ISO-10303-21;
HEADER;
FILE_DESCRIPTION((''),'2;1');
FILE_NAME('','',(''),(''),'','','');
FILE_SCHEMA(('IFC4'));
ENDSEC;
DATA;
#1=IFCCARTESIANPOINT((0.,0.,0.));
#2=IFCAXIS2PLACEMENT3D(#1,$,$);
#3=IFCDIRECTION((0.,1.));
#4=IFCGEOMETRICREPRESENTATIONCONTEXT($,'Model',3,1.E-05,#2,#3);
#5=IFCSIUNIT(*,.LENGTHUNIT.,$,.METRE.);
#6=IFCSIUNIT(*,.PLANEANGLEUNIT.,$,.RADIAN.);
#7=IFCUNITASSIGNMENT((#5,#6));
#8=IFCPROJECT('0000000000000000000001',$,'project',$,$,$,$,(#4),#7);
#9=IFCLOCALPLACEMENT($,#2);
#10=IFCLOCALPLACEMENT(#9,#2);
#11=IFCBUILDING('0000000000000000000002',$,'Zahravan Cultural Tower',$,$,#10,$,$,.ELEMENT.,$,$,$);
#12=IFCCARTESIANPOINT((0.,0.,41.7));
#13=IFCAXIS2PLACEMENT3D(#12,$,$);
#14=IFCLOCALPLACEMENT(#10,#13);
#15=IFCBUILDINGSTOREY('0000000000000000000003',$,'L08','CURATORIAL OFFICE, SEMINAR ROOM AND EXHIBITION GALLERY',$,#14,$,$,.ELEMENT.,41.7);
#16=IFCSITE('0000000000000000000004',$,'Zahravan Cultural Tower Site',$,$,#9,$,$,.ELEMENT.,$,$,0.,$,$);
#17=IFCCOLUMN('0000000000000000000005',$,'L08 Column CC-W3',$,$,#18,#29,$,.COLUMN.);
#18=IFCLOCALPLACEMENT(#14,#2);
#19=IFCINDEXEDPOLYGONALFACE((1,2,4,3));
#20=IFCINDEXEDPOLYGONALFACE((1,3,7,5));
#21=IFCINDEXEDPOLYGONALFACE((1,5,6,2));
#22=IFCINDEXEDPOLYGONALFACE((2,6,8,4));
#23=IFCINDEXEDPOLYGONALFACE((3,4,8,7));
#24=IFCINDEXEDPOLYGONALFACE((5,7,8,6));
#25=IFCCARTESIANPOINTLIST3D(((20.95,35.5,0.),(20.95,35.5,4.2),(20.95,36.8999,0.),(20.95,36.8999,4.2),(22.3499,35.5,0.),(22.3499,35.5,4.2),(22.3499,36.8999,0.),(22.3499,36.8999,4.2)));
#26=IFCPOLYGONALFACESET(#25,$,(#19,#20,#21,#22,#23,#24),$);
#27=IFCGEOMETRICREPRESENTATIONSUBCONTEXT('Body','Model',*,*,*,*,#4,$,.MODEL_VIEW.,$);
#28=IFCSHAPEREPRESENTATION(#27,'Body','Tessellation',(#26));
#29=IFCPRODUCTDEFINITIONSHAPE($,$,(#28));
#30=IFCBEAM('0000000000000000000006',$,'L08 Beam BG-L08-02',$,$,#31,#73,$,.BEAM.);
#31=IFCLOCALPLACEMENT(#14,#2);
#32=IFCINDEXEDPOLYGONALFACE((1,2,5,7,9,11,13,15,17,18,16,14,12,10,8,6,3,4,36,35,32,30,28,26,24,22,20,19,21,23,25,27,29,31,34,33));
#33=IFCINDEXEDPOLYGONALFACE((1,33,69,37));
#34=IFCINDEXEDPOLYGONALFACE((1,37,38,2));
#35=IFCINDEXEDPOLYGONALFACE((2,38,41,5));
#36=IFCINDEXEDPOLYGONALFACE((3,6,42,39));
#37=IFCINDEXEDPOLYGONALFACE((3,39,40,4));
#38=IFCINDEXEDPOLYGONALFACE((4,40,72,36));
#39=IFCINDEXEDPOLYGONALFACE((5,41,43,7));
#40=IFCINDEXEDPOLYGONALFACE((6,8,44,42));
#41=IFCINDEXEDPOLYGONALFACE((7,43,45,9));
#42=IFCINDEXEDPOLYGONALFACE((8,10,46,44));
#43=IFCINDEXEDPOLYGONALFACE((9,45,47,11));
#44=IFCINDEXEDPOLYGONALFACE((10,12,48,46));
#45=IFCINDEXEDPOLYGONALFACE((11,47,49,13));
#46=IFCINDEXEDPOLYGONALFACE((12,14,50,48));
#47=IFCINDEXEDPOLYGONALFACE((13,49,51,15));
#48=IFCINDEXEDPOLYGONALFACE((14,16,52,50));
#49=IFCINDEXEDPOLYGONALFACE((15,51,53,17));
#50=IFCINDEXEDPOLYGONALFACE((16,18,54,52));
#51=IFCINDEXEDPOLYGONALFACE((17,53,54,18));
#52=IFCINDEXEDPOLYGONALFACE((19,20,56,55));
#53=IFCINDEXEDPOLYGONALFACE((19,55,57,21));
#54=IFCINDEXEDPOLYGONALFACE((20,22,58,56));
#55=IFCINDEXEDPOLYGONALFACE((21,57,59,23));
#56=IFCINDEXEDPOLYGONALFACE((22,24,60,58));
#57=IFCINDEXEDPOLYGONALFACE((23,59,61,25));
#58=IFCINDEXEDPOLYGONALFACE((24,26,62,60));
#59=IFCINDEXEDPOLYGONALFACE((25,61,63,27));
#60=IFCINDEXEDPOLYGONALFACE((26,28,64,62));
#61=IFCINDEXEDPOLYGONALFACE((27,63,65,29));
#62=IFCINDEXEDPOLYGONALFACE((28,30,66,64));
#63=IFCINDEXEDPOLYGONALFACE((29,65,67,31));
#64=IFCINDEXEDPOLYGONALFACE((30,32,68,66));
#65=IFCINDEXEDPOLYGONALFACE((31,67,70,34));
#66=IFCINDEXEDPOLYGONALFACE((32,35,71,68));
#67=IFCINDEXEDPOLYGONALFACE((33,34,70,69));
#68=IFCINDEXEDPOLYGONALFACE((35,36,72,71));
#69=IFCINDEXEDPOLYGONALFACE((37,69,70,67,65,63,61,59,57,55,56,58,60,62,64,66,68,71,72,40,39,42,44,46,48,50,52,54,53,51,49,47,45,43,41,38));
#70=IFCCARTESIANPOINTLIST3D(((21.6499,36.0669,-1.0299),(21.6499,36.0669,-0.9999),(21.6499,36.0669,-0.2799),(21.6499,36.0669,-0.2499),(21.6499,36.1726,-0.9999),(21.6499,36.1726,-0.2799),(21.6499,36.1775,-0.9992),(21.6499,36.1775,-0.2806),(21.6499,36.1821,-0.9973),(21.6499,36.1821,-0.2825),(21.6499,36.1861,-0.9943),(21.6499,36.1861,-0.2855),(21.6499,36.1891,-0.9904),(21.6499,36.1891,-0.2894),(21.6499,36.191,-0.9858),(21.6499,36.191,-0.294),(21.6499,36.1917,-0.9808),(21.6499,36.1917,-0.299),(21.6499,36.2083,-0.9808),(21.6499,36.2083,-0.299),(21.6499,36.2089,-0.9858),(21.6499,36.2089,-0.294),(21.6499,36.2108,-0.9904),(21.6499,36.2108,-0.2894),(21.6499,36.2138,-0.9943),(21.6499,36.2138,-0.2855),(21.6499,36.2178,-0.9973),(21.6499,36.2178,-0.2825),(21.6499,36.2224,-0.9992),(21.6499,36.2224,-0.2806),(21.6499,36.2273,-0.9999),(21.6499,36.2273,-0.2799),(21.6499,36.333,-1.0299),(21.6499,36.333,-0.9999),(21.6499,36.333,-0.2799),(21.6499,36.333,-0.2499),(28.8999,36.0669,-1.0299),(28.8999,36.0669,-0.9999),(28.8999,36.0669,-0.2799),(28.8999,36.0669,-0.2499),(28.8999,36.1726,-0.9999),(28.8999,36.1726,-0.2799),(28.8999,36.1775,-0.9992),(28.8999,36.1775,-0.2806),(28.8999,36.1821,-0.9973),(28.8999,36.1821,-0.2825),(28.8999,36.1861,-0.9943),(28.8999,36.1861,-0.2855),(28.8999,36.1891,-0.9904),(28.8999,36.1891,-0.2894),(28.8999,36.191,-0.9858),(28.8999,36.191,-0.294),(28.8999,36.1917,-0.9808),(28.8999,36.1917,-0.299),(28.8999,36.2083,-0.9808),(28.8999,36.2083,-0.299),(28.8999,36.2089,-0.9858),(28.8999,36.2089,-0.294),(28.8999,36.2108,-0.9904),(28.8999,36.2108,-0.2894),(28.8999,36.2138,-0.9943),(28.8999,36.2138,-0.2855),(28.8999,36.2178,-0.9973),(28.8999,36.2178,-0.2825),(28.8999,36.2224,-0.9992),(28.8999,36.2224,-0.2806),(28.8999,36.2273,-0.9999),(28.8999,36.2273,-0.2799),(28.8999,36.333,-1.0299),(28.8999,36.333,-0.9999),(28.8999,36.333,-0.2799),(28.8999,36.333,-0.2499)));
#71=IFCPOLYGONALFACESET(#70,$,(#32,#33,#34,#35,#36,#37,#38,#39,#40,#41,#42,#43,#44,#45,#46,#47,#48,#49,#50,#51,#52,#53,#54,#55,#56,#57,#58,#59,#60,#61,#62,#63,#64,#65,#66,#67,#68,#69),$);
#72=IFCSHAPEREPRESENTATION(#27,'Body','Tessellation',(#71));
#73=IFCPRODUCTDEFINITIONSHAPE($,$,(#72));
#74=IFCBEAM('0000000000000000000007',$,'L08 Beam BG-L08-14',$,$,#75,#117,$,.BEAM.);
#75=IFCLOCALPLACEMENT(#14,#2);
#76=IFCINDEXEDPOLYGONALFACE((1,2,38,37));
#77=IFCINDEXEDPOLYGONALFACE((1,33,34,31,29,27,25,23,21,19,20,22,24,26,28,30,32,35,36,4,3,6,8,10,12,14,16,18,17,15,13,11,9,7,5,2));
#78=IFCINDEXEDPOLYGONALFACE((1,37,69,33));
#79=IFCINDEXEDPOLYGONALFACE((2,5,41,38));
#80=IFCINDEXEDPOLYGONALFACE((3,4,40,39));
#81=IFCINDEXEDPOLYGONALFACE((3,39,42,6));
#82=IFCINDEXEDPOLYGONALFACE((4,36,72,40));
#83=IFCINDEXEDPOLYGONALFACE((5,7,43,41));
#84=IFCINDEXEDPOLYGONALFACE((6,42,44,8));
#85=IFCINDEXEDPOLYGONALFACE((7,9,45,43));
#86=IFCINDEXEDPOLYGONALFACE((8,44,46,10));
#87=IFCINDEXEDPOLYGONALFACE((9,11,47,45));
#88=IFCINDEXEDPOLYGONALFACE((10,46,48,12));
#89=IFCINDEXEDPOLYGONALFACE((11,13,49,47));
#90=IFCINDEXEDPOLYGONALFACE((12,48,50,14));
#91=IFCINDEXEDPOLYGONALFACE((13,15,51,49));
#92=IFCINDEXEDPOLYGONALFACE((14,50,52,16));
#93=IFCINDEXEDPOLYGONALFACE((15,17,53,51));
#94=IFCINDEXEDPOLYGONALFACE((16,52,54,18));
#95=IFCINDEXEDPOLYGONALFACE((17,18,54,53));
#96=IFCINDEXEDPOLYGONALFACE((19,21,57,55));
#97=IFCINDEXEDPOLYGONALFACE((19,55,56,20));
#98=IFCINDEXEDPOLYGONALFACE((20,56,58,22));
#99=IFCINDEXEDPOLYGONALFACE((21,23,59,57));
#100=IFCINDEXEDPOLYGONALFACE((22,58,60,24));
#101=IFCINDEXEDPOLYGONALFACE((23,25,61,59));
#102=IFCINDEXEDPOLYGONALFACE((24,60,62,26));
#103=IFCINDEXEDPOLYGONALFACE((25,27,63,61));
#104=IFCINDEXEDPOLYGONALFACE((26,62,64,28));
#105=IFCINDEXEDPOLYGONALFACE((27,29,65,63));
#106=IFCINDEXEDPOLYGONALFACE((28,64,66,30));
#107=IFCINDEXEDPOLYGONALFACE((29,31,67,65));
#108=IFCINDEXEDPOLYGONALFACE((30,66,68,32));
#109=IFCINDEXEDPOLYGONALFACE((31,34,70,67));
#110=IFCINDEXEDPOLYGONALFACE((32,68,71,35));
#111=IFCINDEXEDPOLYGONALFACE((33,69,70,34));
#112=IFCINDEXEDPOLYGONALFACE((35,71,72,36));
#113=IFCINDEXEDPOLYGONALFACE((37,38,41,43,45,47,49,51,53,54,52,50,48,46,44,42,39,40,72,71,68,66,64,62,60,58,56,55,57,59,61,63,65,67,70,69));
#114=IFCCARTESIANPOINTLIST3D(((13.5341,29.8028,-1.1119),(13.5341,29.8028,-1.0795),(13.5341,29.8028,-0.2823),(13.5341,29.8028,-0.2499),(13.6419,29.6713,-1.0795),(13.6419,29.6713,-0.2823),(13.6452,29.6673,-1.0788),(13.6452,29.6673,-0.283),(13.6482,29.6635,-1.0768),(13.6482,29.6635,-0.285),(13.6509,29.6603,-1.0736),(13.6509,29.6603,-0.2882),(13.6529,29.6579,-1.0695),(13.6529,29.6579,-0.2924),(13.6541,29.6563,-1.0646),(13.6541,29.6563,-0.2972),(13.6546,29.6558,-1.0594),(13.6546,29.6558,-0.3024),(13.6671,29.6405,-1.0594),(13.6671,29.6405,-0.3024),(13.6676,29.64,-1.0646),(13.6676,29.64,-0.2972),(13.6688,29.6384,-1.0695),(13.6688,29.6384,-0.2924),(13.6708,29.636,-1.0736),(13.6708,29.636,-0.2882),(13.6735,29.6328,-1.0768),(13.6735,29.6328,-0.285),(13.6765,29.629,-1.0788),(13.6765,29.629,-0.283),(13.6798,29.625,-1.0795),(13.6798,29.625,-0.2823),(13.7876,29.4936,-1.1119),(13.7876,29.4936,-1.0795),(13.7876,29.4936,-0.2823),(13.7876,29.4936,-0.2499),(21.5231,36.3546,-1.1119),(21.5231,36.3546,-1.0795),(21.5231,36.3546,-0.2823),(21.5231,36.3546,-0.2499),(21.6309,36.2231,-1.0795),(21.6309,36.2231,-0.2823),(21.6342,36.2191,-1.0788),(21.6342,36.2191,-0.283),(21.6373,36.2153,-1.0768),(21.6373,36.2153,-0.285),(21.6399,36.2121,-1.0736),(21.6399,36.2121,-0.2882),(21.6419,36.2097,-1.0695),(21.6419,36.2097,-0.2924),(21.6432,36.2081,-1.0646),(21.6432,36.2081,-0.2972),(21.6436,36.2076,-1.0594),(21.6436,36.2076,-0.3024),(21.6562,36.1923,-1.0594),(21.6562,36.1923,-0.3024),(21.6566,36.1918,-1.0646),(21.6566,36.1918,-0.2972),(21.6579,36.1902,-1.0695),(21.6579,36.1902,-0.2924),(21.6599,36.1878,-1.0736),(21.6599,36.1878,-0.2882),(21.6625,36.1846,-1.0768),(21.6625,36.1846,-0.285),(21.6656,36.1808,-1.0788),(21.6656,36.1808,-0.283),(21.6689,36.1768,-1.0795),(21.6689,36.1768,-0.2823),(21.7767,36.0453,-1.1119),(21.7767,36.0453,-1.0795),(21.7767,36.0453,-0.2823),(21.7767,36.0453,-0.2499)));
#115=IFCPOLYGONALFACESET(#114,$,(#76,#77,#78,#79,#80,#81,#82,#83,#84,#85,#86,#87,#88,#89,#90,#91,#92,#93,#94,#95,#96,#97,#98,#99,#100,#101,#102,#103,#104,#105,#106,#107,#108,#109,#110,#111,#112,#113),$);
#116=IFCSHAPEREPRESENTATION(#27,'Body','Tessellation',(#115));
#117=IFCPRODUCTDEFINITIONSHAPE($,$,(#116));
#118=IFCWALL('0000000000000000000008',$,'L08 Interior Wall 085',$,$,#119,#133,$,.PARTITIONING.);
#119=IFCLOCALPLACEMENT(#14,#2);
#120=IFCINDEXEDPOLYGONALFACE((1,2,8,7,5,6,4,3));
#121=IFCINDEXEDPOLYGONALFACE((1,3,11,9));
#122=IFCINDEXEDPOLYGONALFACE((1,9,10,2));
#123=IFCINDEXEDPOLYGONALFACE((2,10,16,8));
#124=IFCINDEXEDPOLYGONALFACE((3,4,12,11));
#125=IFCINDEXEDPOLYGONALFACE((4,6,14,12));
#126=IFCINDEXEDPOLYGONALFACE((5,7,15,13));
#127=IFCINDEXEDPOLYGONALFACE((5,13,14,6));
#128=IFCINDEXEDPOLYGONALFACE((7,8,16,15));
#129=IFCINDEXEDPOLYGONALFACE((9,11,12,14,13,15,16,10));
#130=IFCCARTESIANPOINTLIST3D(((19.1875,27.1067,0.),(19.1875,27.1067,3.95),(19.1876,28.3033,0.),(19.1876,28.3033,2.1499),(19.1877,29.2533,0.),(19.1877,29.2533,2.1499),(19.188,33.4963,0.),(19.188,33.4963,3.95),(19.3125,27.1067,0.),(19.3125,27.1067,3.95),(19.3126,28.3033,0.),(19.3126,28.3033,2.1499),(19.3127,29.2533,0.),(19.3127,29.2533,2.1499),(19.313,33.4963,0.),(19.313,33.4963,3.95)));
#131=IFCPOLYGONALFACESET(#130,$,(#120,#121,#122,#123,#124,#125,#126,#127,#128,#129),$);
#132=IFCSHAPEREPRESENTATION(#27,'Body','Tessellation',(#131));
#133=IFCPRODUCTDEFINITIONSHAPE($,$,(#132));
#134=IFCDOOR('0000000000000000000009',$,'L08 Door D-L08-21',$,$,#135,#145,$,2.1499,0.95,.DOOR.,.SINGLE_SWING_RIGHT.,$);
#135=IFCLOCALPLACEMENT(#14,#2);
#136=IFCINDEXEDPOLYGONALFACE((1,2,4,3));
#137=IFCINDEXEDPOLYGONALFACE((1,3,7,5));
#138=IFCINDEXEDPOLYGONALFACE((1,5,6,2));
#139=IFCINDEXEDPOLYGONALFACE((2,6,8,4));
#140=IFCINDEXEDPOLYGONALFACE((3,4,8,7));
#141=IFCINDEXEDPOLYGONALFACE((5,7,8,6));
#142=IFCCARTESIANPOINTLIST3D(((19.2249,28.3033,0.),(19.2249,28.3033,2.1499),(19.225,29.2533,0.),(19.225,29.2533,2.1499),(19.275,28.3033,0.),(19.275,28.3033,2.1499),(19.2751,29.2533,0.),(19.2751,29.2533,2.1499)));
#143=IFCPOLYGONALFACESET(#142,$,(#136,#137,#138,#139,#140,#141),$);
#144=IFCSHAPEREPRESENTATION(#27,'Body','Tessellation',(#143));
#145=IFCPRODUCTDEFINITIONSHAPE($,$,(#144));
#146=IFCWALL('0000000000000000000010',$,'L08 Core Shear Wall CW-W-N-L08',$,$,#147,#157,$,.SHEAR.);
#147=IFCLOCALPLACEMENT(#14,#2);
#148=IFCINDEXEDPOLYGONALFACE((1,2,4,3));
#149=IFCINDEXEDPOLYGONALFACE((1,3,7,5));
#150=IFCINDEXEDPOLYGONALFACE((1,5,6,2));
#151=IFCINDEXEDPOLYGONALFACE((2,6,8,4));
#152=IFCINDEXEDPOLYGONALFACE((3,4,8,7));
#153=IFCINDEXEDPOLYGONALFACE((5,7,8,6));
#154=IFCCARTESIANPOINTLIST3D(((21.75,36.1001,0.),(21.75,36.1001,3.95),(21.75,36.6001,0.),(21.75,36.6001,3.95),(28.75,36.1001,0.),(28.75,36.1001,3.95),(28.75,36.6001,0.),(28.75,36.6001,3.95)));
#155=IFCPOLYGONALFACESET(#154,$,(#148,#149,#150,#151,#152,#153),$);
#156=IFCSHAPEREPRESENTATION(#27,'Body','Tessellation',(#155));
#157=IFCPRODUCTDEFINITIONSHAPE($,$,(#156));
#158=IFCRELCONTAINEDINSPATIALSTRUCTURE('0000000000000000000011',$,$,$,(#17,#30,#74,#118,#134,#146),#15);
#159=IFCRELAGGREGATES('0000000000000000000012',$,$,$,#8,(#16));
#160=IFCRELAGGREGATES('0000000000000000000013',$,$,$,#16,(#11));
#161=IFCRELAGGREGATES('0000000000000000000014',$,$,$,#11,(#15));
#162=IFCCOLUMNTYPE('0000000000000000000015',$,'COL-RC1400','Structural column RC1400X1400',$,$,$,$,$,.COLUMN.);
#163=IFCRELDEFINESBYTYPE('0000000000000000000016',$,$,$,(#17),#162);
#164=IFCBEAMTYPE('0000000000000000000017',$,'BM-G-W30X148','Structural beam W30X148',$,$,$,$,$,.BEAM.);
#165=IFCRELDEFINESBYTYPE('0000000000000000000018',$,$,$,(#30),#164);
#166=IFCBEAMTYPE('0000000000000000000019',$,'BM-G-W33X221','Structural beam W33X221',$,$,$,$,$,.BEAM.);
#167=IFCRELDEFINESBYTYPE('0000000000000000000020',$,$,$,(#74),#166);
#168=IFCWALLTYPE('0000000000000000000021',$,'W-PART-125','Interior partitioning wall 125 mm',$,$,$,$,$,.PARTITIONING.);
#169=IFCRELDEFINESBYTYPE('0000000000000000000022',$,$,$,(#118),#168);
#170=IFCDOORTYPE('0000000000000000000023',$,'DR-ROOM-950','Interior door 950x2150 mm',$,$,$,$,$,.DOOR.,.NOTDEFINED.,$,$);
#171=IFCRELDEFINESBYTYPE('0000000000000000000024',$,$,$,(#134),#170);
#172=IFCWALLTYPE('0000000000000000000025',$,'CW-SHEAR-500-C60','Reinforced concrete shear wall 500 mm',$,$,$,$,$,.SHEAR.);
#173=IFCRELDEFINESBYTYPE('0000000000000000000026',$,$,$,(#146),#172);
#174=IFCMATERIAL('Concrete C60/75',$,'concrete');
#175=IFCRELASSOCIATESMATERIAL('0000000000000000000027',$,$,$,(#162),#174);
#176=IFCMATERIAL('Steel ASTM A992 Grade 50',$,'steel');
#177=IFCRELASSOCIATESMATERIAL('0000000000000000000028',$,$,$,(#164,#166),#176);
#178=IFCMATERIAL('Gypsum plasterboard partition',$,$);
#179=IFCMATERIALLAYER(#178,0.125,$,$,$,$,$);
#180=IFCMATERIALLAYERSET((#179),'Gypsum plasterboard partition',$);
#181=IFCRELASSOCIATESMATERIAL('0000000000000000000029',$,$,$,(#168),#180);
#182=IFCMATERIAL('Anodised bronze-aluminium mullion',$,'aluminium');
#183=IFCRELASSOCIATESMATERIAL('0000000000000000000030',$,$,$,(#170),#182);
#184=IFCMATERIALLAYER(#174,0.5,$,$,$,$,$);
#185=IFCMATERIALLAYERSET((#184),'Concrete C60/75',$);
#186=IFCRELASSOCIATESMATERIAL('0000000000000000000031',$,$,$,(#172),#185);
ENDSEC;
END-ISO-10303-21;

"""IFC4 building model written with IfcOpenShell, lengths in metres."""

from ifc_helpers import new_model, si_unit, direction, frame, frame_2d, origin, origin_2d, place, context, subcontext, project, spatial, rectangle, i_section, extrude, source, transform, mapped, material, layer, layer_set, material_profile, profile_set, type_object, element, fill, save


model = new_model("IFC4")

# Units and contexts
model_context = context("Model", 3, precision=1e-05, world=origin(), true_north=direction((0.0, 1.0)))
body_context = subcontext(model_context, "Body", "Model", "MODEL_VIEW")
ifc_project = project(units=[si_unit("LENGTHUNIT", "METRE"), si_unit("PLANEANGLEUNIT", "RADIAN")], contexts=[model_context])

# Site, building, storey
site_placement = place(None, origin())
site = spatial("IfcSite", under=ifc_project, at=site_placement, Name="Zahravan Cultural Tower Site", CompositionType="ELEMENT", RefElevation=0.0)
building_placement = place(site_placement, origin())
building = spatial("IfcBuilding", under=site, at=building_placement, Name="Zahravan Cultural Tower", CompositionType="ELEMENT")
storey_placement = place(building_placement, frame((0.0, 0.0, 41.7)))
storey = spatial("IfcBuildingStorey", under=building, at=storey_placement, Name="L08", Description="CURATORIAL OFFICE, SEMINAR ROOM AND EXHIBITION GALLERY", CompositionType="ELEMENT", Elevation=41.7)

# Column
ifc_material_1 = material(Name="Concrete C60/75", Category="concrete")
ifc_material_profile_1 = material_profile(ifc_material_1, rectangle(XDim=1.3999, YDim=1.3999, at=origin_2d()), Name="RC1400X1400")
ifc_profile_set_1 = profile_set([ifc_material_profile_1], Name="Concrete C60/75")
column_type = type_object("IfcColumnType", Name="COL-RC1400", Description="Structural column RC1400X1400", PredefinedType="COLUMN", material=ifc_profile_set_1)
shared_shape_1 = source(origin(), body_context, "Body", "SweptSolid", [
    extrude(rectangle(XDim=1.3999, YDim=1.3999, at=origin_2d()), origin(), (0.0, 0.0, 1.0), 4.2),
])
column_placement = place(storey_placement, frame((21.6499, 36.2, 0.0), z_axis=(0.0, 0.0, 1.0), x_axis=(1.0, 0.0, 0.0)))
element("IfcColumn", 1, at=column_placement, inside=storey, type_object=column_type, Name="L08 Column CC-W3", PredefinedType="COLUMN", context=body_context, shape_type="MappedRepresentation", body=[
    mapped(shared_shape_1, transform((0.0, 0.0, 0.0), x_axis=(1.0, 0.0, 0.0), y_axis=(0.0, 1.0, 0.0), z_axis=(0.0, 0.0, 1.0), scale=1.0)),
])

# Beams
ifc_material_2 = material(Name="Steel ASTM A992 Grade 50", Category="steel")
ifc_material_profile_2 = material_profile(ifc_material_2, i_section(OverallWidth=0.2661, OverallDepth=0.78, WebThickness=0.0166, FlangeThickness=0.03, FilletRadius=0.019, at=origin_2d()), Name="W30X148")
ifc_profile_set_2 = profile_set([ifc_material_profile_2], Name="Steel ASTM A992 Grade 50")
beam_type_1 = type_object("IfcBeamType", Name="BM-G-W30X148", Description="Structural beam W30X148", PredefinedType="BEAM", material=ifc_profile_set_2)
shared_shape_2 = source(origin(), body_context, "Body", "SweptSolid", [
    extrude(i_section(OverallWidth=0.2661, OverallDepth=0.78, WebThickness=0.0166, FlangeThickness=0.03, FilletRadius=0.019, at=origin_2d()), origin(), (0.0, 0.0, 1.0), 7.25),
])
beam_1_placement = place(storey_placement, frame((21.6499, 36.2, -0.6399), z_axis=(1.0, 0.0, 0.0), x_axis=(0.0, 1.0, 0.0)))
element("IfcBeam", 2, at=beam_1_placement, inside=storey, type_object=beam_type_1, Name="L08 Beam BG-L08-02", PredefinedType="BEAM", context=body_context, shape_type="MappedRepresentation", body=[
    mapped(shared_shape_2, transform((0.0, 0.0, 0.0), x_axis=(1.0, 0.0, 0.0), y_axis=(0.0, 1.0, 0.0), z_axis=(0.0, 0.0, 1.0), scale=1.0)),
])
ifc_material_profile_3 = material_profile(ifc_material_2, i_section(OverallWidth=0.3999, OverallDepth=0.8621, WebThickness=0.0198, FlangeThickness=0.0325, FilletRadius=0.02, at=origin_2d()), Name="W33X221")
ifc_profile_set_3 = profile_set([ifc_material_profile_3], Name="Steel ASTM A992 Grade 50")
beam_type_2 = type_object("IfcBeamType", Name="BM-G-W33X221", Description="Structural beam W33X221", PredefinedType="BEAM", material=ifc_profile_set_3)
shared_shape_3 = source(origin(), body_context, "Body", "SweptSolid", [
    extrude(i_section(OverallWidth=0.3999, OverallDepth=0.8621, WebThickness=0.0198, FlangeThickness=0.0325, FilletRadius=0.02, at=origin_2d()), origin(), (0.0, 0.0, 1.0), 10.332),
])
beam_2_placement = place(storey_placement, frame((21.6499, 36.2, -0.6809), z_axis=(-0.773231, -0.634124, 0.0), x_axis=(0.634124, -0.773231, 0.0)))
element("IfcBeam", 3, at=beam_2_placement, inside=storey, type_object=beam_type_2, Name="L08 Beam BG-L08-14", PredefinedType="BEAM", context=body_context, shape_type="MappedRepresentation", body=[
    mapped(shared_shape_3, transform((0.0, 0.0, 0.0), x_axis=(1.0, 0.0, 0.0), y_axis=(0.0, 1.0, 0.0), z_axis=(0.0, 0.0, 1.0), scale=1.0)),
])

# Wall, opening, door
ifc_material_3 = material(Name="Anodised bronze-aluminium mullion", Category="aluminium")
ifc_material_4 = material(Name="Gypsum plasterboard partition")
ifc_layer_1 = layer(ifc_material_4, 0.125)
ifc_layer_set_1 = layer_set([ifc_layer_1], Name="Gypsum plasterboard partition")
wall_type_1 = type_object("IfcWallType", Name="W-PART-125", Description="Interior partitioning wall 125 mm", PredefinedType="PARTITIONING", material=ifc_layer_set_1)
wall_1_placement = place(storey_placement, frame((19.2505, 33.4963, 0.0), z_axis=(0.0, 0.0, 1.0), x_axis=(-0.000076, -1.0, 0.0)))
wall_1 = element("IfcWall", 4, at=wall_1_placement, inside=storey, type_object=wall_type_1, Name="L08 Interior Wall 085", PredefinedType="PARTITIONING", context=body_context, shape_type="SweptSolid", body=[
    extrude(rectangle(XDim=6.3896, YDim=0.125, at=frame_2d((3.1948, 0.0))), origin(), (0.0, 0.0, 1.0), 3.95),
])
opening_1_placement = place(wall_1_placement, frame((4.2429, 0.0, 0.0)))
opening_1 = element("IfcOpeningElement", 5, at=opening_1_placement, cuts=wall_1, PredefinedType="OPENING", context=body_context, shape_type="SweptSolid", body=[
    extrude(rectangle(XDim=0.95, YDim=2.1499, at=frame_2d((0.4751, 1.075))), frame((0.0, 0.0725, 0.0), z_axis=(0.0, -1.0, 0.0), x_axis=(1.0, 0.0, 0.0)), (0.0, 0.0, 1.0), 0.145),
])
door_type_1 = type_object("IfcDoorType", Name="DR-ROOM-950", Description="Interior door 950x2150 mm", OperationType="NOTDEFINED", PredefinedType="DOOR", material=ifc_material_3)
shared_shape_4 = source(origin(), body_context, "Body", "SweptSolid", [
    extrude(rectangle(XDim=0.95, YDim=2.1499, at=frame_2d((0.4751, 1.075))), frame((0.0, 0.0249, 0.0), z_axis=(0.0, -1.0, 0.0), x_axis=(1.0, 0.0, 0.0)), (0.0, 0.0, 1.0), 0.05),
])
door_1_placement = place(opening_1_placement, origin())
door_1 = element("IfcDoor", 6, at=door_1_placement, inside=storey, type_object=door_type_1, Name="L08 Door D-L08-21", OperationType="SINGLE_SWING_RIGHT", OverallHeight=2.1499, OverallWidth=0.95, PredefinedType="DOOR", context=body_context, shape_type="MappedRepresentation", body=[
    mapped(shared_shape_4, transform((0.0, 0.0, 0.0), x_axis=(1.0, 0.0, 0.0), y_axis=(0.0, 1.0, 0.0), z_axis=(0.0, 0.0, 1.0), scale=1.0)),
])
fill(opening_1, door_1)

# Wall
ifc_layer_2 = layer(ifc_material_1, 0.5)
ifc_layer_set_2 = layer_set([ifc_layer_2], Name="Concrete C60/75")
wall_type_2 = type_object("IfcWallType", Name="CW-SHEAR-500-C60", Description="Reinforced concrete shear wall 500 mm", PredefinedType="SHEAR", material=ifc_layer_set_2)
shared_shape_5 = source(origin(), body_context, "Body", "SweptSolid", [
    extrude(rectangle(XDim=7.0, YDim=0.5, at=frame_2d((3.5, 0.0))), origin(), (0.0, 0.0, 1.0), 3.95),
])
wall_2_placement = place(storey_placement, frame((21.75, 36.3501, 0.0), z_axis=(0.0, 0.0, 1.0), x_axis=(1.0, 0.0, 0.0)))
element("IfcWall", 7, at=wall_2_placement, inside=storey, type_object=wall_type_2, Name="L08 Core Shear Wall CW-W-N-L08", PredefinedType="SHEAR", context=body_context, shape_type="MappedRepresentation", body=[
    mapped(shared_shape_5, transform((0.0, 0.0, 0.0), x_axis=(1.0, 0.0, 0.0), y_axis=(0.0, 1.0, 0.0), z_axis=(0.0, 0.0, 1.0), scale=1.0)),
])

save(model, "model.ifc")
